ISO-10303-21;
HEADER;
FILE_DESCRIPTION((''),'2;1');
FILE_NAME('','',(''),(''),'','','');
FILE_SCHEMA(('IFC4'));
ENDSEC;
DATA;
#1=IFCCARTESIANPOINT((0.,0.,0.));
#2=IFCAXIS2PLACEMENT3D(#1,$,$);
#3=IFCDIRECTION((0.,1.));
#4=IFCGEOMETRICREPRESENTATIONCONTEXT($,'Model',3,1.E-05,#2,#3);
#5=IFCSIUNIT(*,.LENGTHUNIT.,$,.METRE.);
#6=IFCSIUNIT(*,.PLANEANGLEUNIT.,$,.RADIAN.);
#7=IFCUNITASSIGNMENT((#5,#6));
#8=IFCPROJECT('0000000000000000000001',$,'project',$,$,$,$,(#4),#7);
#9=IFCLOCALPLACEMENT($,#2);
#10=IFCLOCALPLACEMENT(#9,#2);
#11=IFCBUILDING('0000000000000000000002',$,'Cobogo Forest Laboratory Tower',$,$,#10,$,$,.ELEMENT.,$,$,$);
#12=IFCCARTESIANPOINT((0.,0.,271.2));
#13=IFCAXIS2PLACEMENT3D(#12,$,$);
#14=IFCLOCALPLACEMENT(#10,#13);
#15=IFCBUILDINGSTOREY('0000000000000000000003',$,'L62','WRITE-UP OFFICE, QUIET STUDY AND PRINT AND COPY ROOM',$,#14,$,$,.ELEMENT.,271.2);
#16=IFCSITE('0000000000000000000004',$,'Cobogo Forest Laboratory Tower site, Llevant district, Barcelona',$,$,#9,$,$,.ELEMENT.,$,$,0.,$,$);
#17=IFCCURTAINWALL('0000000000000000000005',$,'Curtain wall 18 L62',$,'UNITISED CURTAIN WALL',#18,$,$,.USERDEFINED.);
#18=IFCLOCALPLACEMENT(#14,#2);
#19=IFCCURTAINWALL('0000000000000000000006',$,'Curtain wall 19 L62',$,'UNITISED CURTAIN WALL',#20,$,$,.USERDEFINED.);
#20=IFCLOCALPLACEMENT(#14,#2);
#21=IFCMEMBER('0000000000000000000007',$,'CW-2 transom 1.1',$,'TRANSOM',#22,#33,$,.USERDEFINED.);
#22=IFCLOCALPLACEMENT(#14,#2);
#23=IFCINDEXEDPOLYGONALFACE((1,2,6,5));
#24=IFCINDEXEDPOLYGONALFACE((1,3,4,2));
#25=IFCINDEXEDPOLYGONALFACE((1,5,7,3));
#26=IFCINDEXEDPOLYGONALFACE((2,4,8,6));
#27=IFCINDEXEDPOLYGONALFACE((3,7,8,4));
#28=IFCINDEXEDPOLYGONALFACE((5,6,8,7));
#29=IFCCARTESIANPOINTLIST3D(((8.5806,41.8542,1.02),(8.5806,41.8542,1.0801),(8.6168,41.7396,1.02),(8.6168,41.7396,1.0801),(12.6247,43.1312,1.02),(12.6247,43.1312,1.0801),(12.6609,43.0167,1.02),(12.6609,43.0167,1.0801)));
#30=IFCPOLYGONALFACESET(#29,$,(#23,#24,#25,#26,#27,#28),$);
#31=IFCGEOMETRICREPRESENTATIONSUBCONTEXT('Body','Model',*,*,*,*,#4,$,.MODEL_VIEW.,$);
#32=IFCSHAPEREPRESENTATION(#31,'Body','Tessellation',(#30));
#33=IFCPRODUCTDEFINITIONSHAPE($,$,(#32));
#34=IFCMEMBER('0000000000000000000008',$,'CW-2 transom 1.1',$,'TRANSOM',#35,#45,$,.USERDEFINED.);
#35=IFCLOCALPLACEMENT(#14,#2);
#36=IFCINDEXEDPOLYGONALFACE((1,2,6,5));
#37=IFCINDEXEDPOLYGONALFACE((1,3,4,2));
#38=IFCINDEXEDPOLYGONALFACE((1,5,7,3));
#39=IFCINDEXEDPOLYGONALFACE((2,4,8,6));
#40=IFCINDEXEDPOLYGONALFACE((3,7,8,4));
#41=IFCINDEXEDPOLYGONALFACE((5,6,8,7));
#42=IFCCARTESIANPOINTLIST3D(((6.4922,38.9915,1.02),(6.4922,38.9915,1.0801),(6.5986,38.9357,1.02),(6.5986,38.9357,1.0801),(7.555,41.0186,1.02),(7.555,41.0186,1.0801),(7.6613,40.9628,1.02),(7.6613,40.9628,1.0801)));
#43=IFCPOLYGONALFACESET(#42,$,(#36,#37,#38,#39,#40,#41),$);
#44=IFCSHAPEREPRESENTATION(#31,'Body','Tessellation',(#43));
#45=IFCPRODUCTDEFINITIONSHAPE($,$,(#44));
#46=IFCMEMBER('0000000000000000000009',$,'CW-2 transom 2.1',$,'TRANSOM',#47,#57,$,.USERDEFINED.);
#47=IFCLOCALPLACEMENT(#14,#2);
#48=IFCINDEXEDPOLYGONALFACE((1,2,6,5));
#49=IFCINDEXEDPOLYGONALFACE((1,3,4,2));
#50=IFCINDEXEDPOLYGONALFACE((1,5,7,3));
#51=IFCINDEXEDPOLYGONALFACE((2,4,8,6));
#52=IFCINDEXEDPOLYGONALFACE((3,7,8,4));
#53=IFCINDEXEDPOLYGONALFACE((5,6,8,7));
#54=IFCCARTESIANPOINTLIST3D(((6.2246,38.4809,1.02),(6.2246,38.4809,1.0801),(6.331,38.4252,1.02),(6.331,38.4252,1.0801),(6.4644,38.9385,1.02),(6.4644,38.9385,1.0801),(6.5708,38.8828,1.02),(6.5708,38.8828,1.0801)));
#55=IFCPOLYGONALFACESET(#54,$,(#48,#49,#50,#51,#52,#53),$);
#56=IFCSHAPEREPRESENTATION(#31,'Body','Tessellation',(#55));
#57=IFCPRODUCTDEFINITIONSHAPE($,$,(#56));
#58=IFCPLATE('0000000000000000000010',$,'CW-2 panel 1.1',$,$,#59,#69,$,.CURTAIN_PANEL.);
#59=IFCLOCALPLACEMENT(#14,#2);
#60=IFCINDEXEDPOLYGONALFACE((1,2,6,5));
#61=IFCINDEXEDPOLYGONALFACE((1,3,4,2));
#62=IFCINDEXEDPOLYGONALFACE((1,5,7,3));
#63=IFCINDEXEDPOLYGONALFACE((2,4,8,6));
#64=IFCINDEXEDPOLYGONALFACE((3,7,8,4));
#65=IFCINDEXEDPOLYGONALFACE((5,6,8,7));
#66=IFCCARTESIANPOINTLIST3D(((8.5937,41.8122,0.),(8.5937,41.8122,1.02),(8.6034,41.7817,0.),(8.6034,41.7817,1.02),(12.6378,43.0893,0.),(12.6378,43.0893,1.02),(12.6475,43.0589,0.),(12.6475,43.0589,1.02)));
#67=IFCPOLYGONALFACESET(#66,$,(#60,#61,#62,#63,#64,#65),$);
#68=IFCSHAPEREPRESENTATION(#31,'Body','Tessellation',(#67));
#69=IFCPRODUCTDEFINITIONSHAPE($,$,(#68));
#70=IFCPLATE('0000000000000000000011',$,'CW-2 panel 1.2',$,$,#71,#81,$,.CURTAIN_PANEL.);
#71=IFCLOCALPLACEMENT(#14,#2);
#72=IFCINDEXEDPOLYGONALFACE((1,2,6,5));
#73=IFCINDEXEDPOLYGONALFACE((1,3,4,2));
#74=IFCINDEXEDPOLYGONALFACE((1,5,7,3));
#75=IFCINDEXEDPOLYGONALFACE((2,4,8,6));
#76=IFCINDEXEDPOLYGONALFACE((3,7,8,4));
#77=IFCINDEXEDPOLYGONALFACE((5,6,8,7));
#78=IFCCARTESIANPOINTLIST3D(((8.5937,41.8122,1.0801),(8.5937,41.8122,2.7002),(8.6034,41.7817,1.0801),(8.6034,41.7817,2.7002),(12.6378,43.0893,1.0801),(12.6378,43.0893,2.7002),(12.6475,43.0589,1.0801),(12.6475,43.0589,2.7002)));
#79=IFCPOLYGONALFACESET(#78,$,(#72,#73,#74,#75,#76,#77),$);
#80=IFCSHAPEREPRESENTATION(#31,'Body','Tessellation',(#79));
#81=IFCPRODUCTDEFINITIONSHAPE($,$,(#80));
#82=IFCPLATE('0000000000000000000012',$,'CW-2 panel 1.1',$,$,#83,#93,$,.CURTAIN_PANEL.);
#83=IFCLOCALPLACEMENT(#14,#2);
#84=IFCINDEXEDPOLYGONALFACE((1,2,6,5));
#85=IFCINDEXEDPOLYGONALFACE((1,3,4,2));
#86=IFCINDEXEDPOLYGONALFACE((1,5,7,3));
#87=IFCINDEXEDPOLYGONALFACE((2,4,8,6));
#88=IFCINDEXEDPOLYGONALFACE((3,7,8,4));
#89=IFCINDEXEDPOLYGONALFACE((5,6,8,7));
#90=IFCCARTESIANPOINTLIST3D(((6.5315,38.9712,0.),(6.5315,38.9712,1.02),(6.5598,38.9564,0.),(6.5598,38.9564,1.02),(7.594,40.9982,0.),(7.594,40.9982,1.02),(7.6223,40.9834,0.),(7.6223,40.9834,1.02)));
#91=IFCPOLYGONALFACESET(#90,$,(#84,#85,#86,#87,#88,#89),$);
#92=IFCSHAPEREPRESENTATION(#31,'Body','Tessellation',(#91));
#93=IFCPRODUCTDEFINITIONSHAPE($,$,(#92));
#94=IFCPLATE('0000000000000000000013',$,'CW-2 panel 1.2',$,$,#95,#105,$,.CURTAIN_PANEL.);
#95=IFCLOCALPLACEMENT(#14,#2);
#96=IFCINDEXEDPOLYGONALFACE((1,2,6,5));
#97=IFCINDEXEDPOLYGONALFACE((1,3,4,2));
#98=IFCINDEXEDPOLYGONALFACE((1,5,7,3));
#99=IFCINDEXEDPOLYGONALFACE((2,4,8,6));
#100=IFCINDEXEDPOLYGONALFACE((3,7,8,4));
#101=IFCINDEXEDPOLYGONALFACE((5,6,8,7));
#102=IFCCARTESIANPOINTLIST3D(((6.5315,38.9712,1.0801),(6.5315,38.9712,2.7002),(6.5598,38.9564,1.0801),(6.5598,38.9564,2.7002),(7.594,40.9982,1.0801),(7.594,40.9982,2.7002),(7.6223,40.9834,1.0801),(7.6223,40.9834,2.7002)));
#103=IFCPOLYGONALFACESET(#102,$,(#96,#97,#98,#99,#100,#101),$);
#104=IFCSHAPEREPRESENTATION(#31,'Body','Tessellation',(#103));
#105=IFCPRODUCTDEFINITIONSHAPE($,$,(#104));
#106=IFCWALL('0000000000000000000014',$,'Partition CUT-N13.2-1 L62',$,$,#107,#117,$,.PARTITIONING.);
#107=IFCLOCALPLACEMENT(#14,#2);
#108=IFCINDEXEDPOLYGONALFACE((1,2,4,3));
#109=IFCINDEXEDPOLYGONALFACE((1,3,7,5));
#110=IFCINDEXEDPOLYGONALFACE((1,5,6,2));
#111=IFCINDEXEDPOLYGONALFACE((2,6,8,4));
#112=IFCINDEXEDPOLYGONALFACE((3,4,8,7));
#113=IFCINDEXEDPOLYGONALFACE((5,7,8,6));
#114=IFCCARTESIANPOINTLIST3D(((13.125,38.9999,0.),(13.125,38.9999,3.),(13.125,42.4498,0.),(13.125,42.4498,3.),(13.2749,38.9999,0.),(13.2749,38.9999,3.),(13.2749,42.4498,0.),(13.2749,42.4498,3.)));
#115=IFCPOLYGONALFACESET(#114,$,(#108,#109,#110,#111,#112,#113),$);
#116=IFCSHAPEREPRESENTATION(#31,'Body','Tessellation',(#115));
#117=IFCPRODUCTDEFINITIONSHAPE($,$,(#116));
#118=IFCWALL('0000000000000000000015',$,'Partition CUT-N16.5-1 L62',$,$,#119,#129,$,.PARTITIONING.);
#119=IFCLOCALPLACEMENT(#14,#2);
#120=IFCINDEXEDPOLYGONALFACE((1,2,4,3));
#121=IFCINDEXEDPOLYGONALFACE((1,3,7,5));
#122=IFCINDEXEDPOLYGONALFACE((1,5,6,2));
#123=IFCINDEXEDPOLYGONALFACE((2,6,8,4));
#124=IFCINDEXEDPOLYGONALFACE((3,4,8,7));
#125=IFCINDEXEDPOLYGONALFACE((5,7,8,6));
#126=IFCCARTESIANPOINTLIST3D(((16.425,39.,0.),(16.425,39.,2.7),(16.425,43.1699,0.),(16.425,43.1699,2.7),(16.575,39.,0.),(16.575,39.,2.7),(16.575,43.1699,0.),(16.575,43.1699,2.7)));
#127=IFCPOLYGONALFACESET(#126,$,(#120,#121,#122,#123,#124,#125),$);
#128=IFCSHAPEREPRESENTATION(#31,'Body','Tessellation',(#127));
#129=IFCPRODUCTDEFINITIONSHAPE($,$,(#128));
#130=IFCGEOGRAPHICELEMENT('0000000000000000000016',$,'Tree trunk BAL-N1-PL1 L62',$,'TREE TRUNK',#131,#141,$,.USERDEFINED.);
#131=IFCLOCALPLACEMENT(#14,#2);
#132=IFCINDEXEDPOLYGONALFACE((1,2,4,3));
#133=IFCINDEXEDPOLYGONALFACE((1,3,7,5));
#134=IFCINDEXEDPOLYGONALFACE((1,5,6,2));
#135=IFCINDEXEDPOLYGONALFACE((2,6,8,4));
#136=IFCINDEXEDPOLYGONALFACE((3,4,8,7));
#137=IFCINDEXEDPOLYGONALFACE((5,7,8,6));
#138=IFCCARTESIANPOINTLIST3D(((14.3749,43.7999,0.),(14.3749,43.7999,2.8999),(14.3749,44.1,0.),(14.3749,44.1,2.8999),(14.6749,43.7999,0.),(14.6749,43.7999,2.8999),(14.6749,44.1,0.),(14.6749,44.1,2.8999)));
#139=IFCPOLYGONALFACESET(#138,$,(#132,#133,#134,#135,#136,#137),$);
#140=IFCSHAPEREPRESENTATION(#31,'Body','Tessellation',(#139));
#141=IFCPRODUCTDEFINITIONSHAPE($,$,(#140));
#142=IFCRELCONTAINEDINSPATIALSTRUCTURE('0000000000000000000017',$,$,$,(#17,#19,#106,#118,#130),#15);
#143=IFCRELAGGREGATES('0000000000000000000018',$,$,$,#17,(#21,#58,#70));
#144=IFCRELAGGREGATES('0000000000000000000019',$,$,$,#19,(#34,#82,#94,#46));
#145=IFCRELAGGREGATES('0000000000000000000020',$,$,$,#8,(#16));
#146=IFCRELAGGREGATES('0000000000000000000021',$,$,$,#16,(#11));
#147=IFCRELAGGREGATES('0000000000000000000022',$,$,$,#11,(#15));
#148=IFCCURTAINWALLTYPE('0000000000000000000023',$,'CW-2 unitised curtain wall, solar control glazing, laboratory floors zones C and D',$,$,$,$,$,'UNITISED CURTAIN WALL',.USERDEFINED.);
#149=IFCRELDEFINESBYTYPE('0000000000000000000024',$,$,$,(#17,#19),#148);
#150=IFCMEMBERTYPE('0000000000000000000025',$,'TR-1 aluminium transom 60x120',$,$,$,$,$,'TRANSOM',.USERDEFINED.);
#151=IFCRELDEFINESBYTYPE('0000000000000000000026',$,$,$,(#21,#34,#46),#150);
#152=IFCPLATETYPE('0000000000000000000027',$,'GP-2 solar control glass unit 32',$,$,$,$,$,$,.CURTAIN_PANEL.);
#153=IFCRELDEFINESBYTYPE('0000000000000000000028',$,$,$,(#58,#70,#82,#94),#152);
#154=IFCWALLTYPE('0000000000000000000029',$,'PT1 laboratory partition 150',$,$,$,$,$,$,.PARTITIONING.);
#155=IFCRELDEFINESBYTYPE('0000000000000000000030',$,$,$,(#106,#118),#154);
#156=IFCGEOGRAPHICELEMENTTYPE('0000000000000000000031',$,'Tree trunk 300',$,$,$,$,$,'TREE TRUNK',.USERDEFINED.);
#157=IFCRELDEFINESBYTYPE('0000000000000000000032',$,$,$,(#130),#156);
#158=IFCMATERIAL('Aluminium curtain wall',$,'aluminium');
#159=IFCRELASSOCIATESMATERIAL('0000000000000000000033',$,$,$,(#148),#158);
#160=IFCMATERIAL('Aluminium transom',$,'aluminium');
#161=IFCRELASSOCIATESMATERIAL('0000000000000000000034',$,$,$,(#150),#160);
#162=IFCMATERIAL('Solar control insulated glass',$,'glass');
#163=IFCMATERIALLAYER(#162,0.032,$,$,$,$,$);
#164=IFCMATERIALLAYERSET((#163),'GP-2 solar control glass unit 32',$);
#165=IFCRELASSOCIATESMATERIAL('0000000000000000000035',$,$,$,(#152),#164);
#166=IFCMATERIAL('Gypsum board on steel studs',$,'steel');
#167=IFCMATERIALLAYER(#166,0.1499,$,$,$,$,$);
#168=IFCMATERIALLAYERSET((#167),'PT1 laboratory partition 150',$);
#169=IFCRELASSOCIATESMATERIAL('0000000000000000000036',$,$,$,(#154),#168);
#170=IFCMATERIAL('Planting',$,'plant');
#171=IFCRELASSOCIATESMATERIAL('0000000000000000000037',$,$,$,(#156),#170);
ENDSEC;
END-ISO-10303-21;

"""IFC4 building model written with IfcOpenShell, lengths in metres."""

from ifc_helpers import new_model, si_unit, direction, frame, frame_2d, origin, origin_2d, place, context, subcontext, project, spatial, rectangle, extrude, material, layer, layer_set, material_profile, profile_set, type_object, element, aggregate, save


model = new_model("IFC4")

# Units and contexts
model_context = context("Model", 3, precision=1e-05, world=origin(), true_north=direction((0.0, 1.0)))
body_context = subcontext(model_context, "Body", "Model", "MODEL_VIEW")
ifc_project = project(units=[si_unit("LENGTHUNIT", "METRE"), si_unit("PLANEANGLEUNIT", "RADIAN")], contexts=[model_context])

# Site, building, storey
site_placement = place(None, origin())
site = spatial("IfcSite", under=ifc_project, at=site_placement, Name="Cobogo Forest Laboratory Tower site, Llevant district, Barcelona", CompositionType="ELEMENT", RefElevation=0.0)
building_placement = place(site_placement, origin())
building = spatial("IfcBuilding", under=site, at=building_placement, Name="Cobogo Forest Laboratory Tower", CompositionType="ELEMENT")
storey_placement = place(building_placement, frame((0.0, 0.0, 271.2)))
storey = spatial("IfcBuildingStorey", under=building, at=storey_placement, Name="L62", Description="WRITE-UP OFFICE, QUIET STUDY AND PRINT AND COPY ROOM", CompositionType="ELEMENT", Elevation=271.2)

# Curtain walls
ifc_material_1 = material(Name="Aluminium curtain wall", Category="aluminium")
curtain_wall_type = type_object("IfcCurtainWallType", Name="CW-2 unitised curtain wall, solar control glazing, laboratory floors zones C and D", ElementType="UNITISED CURTAIN WALL", PredefinedType="USERDEFINED", material=ifc_material_1)
curtain_wall_1_placement = place(storey_placement, origin())
curtain_wall_1 = element("IfcCurtainWall", 1, at=curtain_wall_1_placement, inside=storey, type_object=curtain_wall_type, Name="Curtain wall 18 L62", ObjectType="UNITISED CURTAIN WALL", PredefinedType="USERDEFINED")
curtain_wall_2_placement = place(storey_placement, origin())
curtain_wall_2 = element("IfcCurtainWall", 2, at=curtain_wall_2_placement, inside=storey, type_object=curtain_wall_type, Name="Curtain wall 19 L62", ObjectType="UNITISED CURTAIN WALL", PredefinedType="USERDEFINED")

# Members
ifc_material_2 = material(Name="Aluminium transom", Category="aluminium")
ifc_material_profile_1 = material_profile(ifc_material_2, rectangle(XDim=0.1201, YDim=0.0601, at=origin_2d()), Name="AL 60x120")
ifc_profile_set_1 = profile_set([ifc_material_profile_1], Name="Aluminium transom")
member_type_1 = type_object("IfcMemberType", Name="TR-1 aluminium transom 60x120", ElementType="TRANSOM", PredefinedType="USERDEFINED", material=ifc_profile_set_1)
member_1_placement = place(storey_placement, frame((12.6428, 43.074, 1.05), z_axis=(-0.953584, -0.301129, 0.0), x_axis=(0.301129, -0.953584, 0.0)))
member_1 = element("IfcMember", 3, at=member_1_placement, type_object=member_type_1, Name="CW-2 transom 1.1", ObjectType="TRANSOM", PredefinedType="USERDEFINED", context=body_context, shape_type="SweptSolid", body=[
    extrude(rectangle(XDim=0.1201, YDim=0.0601, at=origin_2d()), origin(), (0.0, 0.0, 1.0), 4.241),
])
member_2_placement = place(storey_placement, frame((7.6082, 40.9907, 1.05), z_axis=(-0.464326, -0.885664, 0.0), x_axis=(0.885664, -0.464326, 0.0)))
member_2 = element("IfcMember", 4, at=member_2_placement, type_object=member_type_1, Name="CW-2 transom 1.1", ObjectType="TRANSOM", PredefinedType="USERDEFINED", context=body_context, shape_type="SweptSolid", body=[
    extrude(rectangle(XDim=0.1201, YDim=0.0601, at=origin_2d()), origin(), (0.0, 0.0, 1.0), 2.2888),
])
member_3_placement = place(storey_placement, frame((6.5176, 38.9106, 1.05), z_axis=(-0.464148, -0.885758, 0.0), x_axis=(0.885758, -0.464148, 0.0)))
member_3 = element("IfcMember", 5, at=member_3_placement, type_object=member_type_1, Name="CW-2 transom 2.1", ObjectType="TRANSOM", PredefinedType="USERDEFINED", context=body_context, shape_type="SweptSolid", body=[
    extrude(rectangle(XDim=0.1201, YDim=0.0601, at=origin_2d()), origin(), (0.0, 0.0, 1.0), 0.5166),
])

# Plates
ifc_material_3 = material(Name="Solar control insulated glass", Category="glass")
ifc_layer_1 = layer(ifc_material_3, 0.032)
ifc_layer_set_1 = layer_set([ifc_layer_1], Name="GP-2 solar control glass unit 32")
plate_type = type_object("IfcPlateType", Name="GP-2 solar control glass unit 32", PredefinedType="CURTAIN_PANEL", material=ifc_layer_set_1)
plate_1_placement = place(storey_placement, frame((10.6206, 42.4355, 0.0), z_axis=(0.0, 0.0, 1.0), x_axis=(-0.953581, -0.301135, 0.0)))
plate_1 = element("IfcPlate", 6, at=plate_1_placement, type_object=plate_type, Name="CW-2 panel 1.1", PredefinedType="CURTAIN_PANEL", context=body_context, shape_type="SweptSolid", body=[
    extrude(rectangle(XDim=4.241, YDim=0.032, at=origin_2d()), origin(), (0.0, 0.0, 1.0), 1.02),
])
plate_2_placement = place(storey_placement, frame((10.6206, 42.4355, 1.0801), z_axis=(0.0, 0.0, 1.0), x_axis=(-0.953581, -0.301135, 0.0)))
plate_2 = element("IfcPlate", 7, at=plate_2_placement, type_object=plate_type, Name="CW-2 panel 1.2", PredefinedType="CURTAIN_PANEL", context=body_context, shape_type="SweptSolid", body=[
    extrude(rectangle(XDim=4.241, YDim=0.032, at=origin_2d()), origin(), (0.0, 0.0, 1.0), 1.6201),
])
aggregate(curtain_wall_1, [member_1, plate_1, plate_2])
plate_3_placement = place(storey_placement, frame((7.0769, 39.9773, 0.0), z_axis=(0.0, 0.0, 1.0), x_axis=(-0.464284, -0.885686, 0.0)))
plate_3 = element("IfcPlate", 8, at=plate_3_placement, type_object=plate_type, Name="CW-2 panel 1.1", PredefinedType="CURTAIN_PANEL", context=body_context, shape_type="SweptSolid", body=[
    extrude(rectangle(XDim=2.2886, YDim=0.032, at=origin_2d()), origin(), (0.0, 0.0, 1.0), 1.02),
])
plate_4_placement = place(storey_placement, frame((7.0769, 39.9773, 1.0801), z_axis=(0.0, 0.0, 1.0), x_axis=(-0.464284, -0.885686, 0.0)))
plate_4 = element("IfcPlate", 9, at=plate_4_placement, type_object=plate_type, Name="CW-2 panel 1.2", PredefinedType="CURTAIN_PANEL", context=body_context, shape_type="SweptSolid", body=[
    extrude(rectangle(XDim=2.2886, YDim=0.032, at=origin_2d()), origin(), (0.0, 0.0, 1.0), 1.6201),
])
aggregate(curtain_wall_2, [member_2, plate_3, plate_4, member_3])

# Walls
ifc_material_4 = material(Name="Gypsum board on steel studs", Category="steel")
ifc_layer_2 = layer(ifc_material_4, 0.1499)
ifc_layer_set_2 = layer_set([ifc_layer_2], Name="PT1 laboratory partition 150")
wall_type_1 = type_object("IfcWallType", Name="PT1 laboratory partition 150", PredefinedType="PARTITIONING", material=ifc_layer_set_2)
wall_1_placement = place(storey_placement, frame((13.2, 42.45, 0.0), z_axis=(0.0, 0.0, 1.0), x_axis=(0.0, -1.0, 0.0)))
element("IfcWall", 10, at=wall_1_placement, inside=storey, type_object=wall_type_1, Name="Partition CUT-N13.2-1 L62", PredefinedType="PARTITIONING", context=body_context, shape_type="SweptSolid", body=[
    extrude(rectangle(XDim=3.45, YDim=0.1499, at=frame_2d((1.7251, 0.0))), origin(), (0.0, 0.0, 1.0), 3.0),
])
wall_2_placement = place(storey_placement, frame((16.5, 43.1699, 0.0), z_axis=(0.0, 0.0, 1.0), x_axis=(0.0, -1.0, 0.0)))
element("IfcWall", 11, at=wall_2_placement, inside=storey, type_object=wall_type_1, Name="Partition CUT-N16.5-1 L62", PredefinedType="PARTITIONING", context=body_context, shape_type="SweptSolid", body=[
    extrude(rectangle(XDim=4.1699, YDim=0.1499, at=frame_2d((2.085, 0.0))), origin(), (0.0, 0.0, 1.0), 2.7),
])

# Geographic element
ifc_material_5 = material(Name="Planting", Category="plant")
geographic_element_type = type_object("IfcGeographicElementType", Name="Tree trunk 300", ElementType="TREE TRUNK", PredefinedType="USERDEFINED", material=ifc_material_5)
geographic_element_placement = place(storey_placement, frame((14.5249, 43.95, 0.0), z_axis=(0.0, 0.0, 1.0), x_axis=(1.0, 0.0, 0.0)))
element("IfcGeographicElement", 12, at=geographic_element_placement, inside=storey, type_object=geographic_element_type, Name="Tree trunk BAL-N1-PL1 L62", ObjectType="TREE TRUNK", PredefinedType="USERDEFINED", context=body_context, shape_type="SweptSolid", body=[
    extrude(rectangle(XDim=0.3, YDim=0.3, at=origin_2d()), origin(), (0.0, 0.0, 1.0), 2.8999),
])

save(model, "model.ifc")
